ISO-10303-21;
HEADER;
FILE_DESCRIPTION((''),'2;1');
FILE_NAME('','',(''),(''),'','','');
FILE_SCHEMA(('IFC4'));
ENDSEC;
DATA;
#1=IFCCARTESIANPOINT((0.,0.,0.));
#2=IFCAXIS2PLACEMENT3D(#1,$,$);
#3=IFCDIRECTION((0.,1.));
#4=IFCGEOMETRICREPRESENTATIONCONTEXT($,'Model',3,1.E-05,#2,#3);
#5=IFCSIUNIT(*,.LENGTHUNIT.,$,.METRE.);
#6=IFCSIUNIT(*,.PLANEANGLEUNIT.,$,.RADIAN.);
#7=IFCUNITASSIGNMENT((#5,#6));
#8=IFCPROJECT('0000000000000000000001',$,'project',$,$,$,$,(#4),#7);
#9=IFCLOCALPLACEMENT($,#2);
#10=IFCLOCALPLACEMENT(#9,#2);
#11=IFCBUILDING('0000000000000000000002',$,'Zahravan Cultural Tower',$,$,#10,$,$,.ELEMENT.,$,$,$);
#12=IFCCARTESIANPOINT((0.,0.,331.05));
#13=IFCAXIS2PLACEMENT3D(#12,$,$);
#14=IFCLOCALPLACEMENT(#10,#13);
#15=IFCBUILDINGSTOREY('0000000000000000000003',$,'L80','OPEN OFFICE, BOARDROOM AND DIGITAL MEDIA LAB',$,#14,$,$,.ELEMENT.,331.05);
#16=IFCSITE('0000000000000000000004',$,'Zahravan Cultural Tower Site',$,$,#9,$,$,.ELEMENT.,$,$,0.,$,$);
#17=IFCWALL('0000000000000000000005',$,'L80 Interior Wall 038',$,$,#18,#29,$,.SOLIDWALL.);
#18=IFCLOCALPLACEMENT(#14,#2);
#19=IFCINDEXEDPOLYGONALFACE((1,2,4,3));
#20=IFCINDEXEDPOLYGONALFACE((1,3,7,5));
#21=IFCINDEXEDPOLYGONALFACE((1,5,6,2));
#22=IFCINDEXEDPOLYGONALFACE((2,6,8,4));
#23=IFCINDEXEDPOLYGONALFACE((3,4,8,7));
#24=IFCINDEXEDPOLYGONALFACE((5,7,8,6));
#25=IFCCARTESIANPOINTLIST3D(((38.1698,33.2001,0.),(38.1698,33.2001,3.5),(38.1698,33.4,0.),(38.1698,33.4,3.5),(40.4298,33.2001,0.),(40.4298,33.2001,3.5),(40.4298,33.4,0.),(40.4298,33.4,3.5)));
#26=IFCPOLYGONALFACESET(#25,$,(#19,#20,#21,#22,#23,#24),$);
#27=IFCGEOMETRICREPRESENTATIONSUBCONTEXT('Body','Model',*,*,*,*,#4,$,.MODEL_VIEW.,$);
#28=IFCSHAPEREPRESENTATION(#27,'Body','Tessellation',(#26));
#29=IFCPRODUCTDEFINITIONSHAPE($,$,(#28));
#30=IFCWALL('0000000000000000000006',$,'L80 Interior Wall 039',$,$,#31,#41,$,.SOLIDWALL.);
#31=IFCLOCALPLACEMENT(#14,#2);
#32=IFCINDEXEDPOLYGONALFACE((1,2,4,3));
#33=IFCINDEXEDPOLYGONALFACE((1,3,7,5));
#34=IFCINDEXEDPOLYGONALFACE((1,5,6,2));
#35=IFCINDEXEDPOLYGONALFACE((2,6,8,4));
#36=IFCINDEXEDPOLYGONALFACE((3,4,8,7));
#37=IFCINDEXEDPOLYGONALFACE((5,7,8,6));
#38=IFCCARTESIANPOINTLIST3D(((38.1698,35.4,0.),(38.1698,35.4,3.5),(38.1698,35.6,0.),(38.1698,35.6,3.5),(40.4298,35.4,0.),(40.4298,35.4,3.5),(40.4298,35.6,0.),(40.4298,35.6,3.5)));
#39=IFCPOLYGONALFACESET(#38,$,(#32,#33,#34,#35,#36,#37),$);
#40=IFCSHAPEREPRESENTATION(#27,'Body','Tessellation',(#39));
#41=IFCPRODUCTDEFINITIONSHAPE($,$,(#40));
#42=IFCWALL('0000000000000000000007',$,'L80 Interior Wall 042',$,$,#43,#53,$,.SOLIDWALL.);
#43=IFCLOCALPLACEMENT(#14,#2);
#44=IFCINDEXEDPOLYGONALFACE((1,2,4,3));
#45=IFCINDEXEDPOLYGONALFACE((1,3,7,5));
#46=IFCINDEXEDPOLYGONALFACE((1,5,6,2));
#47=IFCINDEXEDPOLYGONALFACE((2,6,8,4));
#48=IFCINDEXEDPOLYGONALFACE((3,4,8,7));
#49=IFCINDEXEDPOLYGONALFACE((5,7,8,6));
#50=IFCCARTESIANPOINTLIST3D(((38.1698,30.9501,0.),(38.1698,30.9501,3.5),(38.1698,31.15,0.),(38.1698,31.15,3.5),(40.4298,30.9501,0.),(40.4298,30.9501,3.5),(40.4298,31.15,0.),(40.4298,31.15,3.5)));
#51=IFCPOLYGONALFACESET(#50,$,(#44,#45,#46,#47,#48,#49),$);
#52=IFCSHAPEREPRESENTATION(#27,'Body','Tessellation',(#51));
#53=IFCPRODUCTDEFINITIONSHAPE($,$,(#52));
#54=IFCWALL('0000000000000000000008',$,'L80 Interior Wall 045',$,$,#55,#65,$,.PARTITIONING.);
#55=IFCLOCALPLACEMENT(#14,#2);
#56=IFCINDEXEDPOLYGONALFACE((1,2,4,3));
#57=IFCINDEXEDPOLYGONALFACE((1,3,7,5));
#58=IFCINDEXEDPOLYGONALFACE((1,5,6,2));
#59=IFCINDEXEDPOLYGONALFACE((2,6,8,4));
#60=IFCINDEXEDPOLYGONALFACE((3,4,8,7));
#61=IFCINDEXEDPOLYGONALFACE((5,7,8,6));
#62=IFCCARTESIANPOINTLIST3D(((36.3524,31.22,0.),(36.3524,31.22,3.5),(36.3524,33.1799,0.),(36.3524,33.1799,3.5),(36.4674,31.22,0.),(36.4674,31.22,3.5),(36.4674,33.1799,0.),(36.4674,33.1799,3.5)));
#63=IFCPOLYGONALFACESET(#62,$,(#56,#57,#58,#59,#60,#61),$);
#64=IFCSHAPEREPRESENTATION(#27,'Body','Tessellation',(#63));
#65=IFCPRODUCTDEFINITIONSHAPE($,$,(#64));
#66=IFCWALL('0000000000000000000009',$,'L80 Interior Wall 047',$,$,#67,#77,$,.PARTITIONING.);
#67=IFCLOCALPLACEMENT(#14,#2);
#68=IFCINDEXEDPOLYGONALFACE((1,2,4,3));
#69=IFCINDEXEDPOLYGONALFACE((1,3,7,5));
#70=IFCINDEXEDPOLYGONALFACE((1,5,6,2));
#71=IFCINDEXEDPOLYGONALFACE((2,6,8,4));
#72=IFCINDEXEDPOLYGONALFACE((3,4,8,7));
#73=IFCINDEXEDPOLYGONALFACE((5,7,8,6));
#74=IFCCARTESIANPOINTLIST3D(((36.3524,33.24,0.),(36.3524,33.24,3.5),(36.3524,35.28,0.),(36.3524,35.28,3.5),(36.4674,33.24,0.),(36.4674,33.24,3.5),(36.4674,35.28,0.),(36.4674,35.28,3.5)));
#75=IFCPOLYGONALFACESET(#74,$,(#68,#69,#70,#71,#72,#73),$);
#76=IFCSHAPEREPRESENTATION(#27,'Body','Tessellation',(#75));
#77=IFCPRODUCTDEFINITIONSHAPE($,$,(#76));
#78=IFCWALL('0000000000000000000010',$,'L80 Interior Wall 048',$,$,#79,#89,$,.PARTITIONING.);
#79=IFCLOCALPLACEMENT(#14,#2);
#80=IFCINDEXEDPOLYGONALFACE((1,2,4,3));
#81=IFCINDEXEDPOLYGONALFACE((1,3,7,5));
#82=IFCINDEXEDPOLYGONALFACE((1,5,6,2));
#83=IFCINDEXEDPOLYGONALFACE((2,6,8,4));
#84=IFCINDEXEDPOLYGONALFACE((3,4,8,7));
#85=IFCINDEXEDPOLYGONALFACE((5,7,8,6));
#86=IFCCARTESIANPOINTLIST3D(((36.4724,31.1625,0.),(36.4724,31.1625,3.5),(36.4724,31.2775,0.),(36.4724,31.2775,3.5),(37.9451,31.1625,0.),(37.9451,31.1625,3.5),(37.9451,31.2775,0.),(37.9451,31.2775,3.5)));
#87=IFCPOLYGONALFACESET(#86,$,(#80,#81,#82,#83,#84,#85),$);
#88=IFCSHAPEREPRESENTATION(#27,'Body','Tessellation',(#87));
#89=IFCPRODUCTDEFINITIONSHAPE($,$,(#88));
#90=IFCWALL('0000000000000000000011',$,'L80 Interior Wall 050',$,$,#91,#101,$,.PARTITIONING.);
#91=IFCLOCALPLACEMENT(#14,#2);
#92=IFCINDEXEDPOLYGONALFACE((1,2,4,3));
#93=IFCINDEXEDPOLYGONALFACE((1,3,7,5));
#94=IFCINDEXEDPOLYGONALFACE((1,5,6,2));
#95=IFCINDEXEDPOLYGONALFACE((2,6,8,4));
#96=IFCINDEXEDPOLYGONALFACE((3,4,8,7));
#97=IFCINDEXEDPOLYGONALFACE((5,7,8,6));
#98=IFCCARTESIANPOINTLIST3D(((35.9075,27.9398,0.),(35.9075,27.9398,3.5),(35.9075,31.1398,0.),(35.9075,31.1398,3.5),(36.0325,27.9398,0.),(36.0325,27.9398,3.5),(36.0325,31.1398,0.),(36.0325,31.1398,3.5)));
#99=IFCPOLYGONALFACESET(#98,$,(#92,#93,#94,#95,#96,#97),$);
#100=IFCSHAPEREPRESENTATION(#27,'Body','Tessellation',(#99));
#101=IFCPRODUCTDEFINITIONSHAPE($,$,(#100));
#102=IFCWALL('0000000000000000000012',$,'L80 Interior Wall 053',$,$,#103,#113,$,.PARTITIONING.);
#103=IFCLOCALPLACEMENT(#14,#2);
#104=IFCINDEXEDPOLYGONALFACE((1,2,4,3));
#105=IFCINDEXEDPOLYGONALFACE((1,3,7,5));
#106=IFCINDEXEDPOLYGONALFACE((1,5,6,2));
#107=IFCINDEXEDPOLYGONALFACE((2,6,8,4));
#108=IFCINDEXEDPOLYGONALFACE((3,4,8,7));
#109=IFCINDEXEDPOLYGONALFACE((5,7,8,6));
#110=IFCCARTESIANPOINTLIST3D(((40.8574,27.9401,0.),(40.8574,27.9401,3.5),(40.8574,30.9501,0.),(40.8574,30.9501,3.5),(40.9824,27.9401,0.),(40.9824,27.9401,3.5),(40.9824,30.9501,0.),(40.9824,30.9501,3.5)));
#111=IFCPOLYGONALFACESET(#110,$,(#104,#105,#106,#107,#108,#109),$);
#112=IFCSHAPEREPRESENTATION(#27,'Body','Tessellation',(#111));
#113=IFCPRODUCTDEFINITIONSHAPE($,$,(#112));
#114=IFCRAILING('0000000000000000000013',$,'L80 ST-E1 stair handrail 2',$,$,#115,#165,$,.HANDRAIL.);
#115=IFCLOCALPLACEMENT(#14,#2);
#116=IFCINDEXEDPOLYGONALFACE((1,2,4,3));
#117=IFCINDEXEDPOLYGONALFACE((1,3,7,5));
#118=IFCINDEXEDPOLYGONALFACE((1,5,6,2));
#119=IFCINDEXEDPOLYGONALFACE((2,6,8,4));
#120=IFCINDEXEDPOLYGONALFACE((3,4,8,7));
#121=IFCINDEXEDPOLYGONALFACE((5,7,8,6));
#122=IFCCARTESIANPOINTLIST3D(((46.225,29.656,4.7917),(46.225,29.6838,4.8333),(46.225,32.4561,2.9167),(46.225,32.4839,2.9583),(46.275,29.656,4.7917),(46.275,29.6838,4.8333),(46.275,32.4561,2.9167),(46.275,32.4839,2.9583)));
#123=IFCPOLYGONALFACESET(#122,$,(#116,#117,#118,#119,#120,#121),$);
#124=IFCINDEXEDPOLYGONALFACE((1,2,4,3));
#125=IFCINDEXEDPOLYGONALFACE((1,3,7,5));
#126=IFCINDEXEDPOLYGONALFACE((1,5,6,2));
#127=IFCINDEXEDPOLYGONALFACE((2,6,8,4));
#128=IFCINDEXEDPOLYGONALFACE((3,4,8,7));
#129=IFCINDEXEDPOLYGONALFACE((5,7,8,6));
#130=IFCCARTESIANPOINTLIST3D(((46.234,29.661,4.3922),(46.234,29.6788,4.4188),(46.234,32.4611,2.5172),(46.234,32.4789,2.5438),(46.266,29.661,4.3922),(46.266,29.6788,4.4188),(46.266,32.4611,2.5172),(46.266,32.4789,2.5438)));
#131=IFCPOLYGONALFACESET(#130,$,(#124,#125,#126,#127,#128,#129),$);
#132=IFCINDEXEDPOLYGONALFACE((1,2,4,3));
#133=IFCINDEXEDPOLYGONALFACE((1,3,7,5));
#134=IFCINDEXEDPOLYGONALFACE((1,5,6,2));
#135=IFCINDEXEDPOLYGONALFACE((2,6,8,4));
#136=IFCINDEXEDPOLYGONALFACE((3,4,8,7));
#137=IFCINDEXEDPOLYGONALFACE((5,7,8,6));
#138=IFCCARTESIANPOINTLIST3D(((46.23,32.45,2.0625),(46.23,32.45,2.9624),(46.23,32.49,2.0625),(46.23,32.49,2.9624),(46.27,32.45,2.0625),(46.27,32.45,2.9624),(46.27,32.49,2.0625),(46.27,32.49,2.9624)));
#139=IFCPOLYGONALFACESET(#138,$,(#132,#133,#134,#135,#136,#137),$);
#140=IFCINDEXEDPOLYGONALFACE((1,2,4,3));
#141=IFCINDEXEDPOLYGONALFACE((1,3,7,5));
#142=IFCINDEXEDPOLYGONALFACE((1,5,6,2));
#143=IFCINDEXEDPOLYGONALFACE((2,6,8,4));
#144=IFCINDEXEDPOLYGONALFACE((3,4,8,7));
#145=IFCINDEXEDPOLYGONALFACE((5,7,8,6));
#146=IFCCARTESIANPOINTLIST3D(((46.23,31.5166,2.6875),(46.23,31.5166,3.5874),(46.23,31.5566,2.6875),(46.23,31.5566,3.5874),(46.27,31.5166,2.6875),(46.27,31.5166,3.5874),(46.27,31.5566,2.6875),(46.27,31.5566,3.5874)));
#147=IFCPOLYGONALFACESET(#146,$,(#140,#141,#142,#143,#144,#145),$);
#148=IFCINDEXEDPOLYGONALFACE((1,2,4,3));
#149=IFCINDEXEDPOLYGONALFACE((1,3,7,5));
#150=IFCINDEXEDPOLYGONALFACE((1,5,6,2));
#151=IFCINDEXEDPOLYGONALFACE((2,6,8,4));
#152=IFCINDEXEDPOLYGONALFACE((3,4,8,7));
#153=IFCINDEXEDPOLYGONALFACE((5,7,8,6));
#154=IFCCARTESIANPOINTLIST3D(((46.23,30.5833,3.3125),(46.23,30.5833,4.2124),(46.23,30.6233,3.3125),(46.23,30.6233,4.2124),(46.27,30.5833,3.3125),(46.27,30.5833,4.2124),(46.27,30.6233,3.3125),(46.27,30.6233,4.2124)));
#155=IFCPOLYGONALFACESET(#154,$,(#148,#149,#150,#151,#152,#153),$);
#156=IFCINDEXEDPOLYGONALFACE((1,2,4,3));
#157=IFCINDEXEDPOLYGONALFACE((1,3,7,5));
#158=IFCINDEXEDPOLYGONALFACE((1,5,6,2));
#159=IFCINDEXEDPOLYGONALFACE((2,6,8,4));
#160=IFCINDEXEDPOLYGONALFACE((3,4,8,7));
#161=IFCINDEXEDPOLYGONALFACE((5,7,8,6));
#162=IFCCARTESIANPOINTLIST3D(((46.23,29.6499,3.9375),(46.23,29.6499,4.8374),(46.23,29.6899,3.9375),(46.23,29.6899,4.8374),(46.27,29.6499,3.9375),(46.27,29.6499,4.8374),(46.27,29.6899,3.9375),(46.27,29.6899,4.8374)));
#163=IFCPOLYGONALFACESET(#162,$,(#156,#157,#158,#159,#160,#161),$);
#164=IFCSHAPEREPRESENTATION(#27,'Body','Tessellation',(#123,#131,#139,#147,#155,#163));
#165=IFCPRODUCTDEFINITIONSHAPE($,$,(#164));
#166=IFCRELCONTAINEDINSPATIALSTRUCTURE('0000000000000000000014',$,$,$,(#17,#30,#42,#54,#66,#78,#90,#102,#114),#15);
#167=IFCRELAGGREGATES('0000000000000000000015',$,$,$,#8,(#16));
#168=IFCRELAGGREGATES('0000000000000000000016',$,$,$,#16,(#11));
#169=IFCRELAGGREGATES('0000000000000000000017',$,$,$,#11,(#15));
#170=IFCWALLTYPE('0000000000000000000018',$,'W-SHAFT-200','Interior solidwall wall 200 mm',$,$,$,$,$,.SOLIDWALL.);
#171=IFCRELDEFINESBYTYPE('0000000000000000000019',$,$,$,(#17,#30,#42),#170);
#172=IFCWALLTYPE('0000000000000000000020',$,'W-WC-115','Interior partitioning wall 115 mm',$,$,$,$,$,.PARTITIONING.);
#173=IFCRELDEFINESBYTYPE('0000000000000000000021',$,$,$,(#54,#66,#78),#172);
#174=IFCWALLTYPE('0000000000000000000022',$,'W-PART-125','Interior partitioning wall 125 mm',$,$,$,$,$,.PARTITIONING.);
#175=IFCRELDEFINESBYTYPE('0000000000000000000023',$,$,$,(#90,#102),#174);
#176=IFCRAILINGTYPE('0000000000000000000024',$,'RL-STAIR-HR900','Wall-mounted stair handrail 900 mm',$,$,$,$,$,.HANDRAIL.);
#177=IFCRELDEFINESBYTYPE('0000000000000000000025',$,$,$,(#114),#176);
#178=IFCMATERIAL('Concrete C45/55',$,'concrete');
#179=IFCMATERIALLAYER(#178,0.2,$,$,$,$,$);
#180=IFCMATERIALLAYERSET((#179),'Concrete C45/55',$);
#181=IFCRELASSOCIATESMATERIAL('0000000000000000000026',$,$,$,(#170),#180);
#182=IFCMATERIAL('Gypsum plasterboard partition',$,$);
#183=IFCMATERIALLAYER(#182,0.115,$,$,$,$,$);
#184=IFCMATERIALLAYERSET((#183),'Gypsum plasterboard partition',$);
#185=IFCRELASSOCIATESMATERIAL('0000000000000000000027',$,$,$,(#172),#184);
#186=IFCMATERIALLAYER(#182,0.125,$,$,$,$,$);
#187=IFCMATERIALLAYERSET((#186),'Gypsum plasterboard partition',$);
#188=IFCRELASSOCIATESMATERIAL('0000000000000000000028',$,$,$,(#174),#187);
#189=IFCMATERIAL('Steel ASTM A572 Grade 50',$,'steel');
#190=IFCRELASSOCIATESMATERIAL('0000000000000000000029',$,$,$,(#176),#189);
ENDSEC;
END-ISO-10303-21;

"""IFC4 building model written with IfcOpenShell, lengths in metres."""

from ifc_helpers import new_model, si_unit, direction, frame, frame_2d, origin, origin_2d, place, context, subcontext, project, spatial, rectangle, extrude, source, transform, mapped, material, layer, layer_set, type_object, element, save


model = new_model("IFC4")

# Units and contexts
model_context = context("Model", 3, precision=1e-05, world=origin(), true_north=direction((0.0, 1.0)))
body_context = subcontext(model_context, "Body", "Model", "MODEL_VIEW")
ifc_project = project(units=[si_unit("LENGTHUNIT", "METRE"), si_unit("PLANEANGLEUNIT", "RADIAN")], contexts=[model_context])

# Site, building, storey
site_placement = place(None, origin())
site = spatial("IfcSite", under=ifc_project, at=site_placement, Name="Zahravan Cultural Tower Site", CompositionType="ELEMENT", RefElevation=0.0)
building_placement = place(site_placement, origin())
building = spatial("IfcBuilding", under=site, at=building_placement, Name="Zahravan Cultural Tower", CompositionType="ELEMENT")
storey_placement = place(building_placement, frame((0.0, 0.0, 331.05)))
storey = spatial("IfcBuildingStorey", under=building, at=storey_placement, Name="L80", Description="OPEN OFFICE, BOARDROOM AND DIGITAL MEDIA LAB", CompositionType="ELEMENT", Elevation=331.05)

# Shared definitions
ifc_material_1 = material(Name="Concrete C45/55", Category="concrete")
ifc_layer_1 = layer(ifc_material_1, 0.2)
ifc_layer_set_1 = layer_set([ifc_layer_1], Name="Concrete C45/55")
wall_type_1 = type_object("IfcWallType", Name="W-SHAFT-200", Description="Interior solidwall wall 200 mm", PredefinedType="SOLIDWALL", material=ifc_layer_set_1)
ifc_material_2 = material(Name="Steel ASTM A572 Grade 50", Category="steel")
ifc_material_3 = material(Name="Gypsum plasterboard partition")
ifc_layer_2 = layer(ifc_material_3, 0.115)
ifc_layer_set_2 = layer_set([ifc_layer_2], Name="Gypsum plasterboard partition")
wall_type_2 = type_object("IfcWallType", Name="W-WC-115", Description="Interior partitioning wall 115 mm", PredefinedType="PARTITIONING", material=ifc_layer_set_2)

# Walls
shared_shape_1 = source(origin(), body_context, "Body", "SweptSolid", [
    extrude(rectangle(XDim=2.26, YDim=0.2, at=frame_2d((1.1299, 0.0))), origin(), (0.0, 0.0, 1.0), 3.5),
])
for number, where, z_axis, x_axis, name in (
    (1, (38.1699, 33.3, 0.0), (0.0, 0.0, 1.0), (1.0, 0.0, 0.0), "L80 Interior Wall 038"),
    (2, (38.1699, 35.5, 0.0), (0.0, 0.0, 1.0), (1.0, 0.0, 0.0), "L80 Interior Wall 039"),
    (3, (38.1699, 31.05, 0.0), (0.0, 0.0, 1.0), (1.0, 0.0, 0.0), "L80 Interior Wall 042"),
):
    element("IfcWall", number, at=place(storey_placement, frame(where, z_axis=z_axis, x_axis=x_axis)), inside=storey, type_object=wall_type_1, Name=name, PredefinedType="SOLIDWALL", context=body_context, shape_type="MappedRepresentation", body=[
        mapped(shared_shape_1, transform((0.0, 0.0, 0.0), x_axis=(1.0, 0.0, 0.0), y_axis=(0.0, 1.0, 0.0), z_axis=(0.0, 0.0, 1.0), scale=1.0)),
    ])
shared_shape_2 = source(origin(), body_context, "Body", "SweptSolid", [
    extrude(rectangle(XDim=1.96, YDim=0.115, at=frame_2d((0.98, 0.0))), origin(), (0.0, 0.0, 1.0), 3.5),
])
wall_1_placement = place(storey_placement, frame((36.4099, 33.1799, 0.0), z_axis=(0.0, 0.0, 1.0), x_axis=(0.0, -1.0, 0.0)))
element("IfcWall", 4, at=wall_1_placement, inside=storey, type_object=wall_type_2, Name="L80 Interior Wall 045", PredefinedType="PARTITIONING", context=body_context, shape_type="MappedRepresentation", body=[
    mapped(shared_shape_2, transform((0.0, 0.0, 0.0), x_axis=(1.0, 0.0, 0.0), y_axis=(0.0, 1.0, 0.0), z_axis=(0.0, 0.0, 1.0), scale=1.0)),
])
shared_shape_3 = source(origin(), body_context, "Body", "SweptSolid", [
    extrude(rectangle(XDim=2.04, YDim=0.115, at=frame_2d((1.02, 0.0))), origin(), (0.0, 0.0, 1.0), 3.5),
])
wall_2_placement = place(storey_placement, frame((36.4099, 35.28, 0.0), z_axis=(0.0, 0.0, 1.0), x_axis=(0.0, -1.0, 0.0)))
element("IfcWall", 5, at=wall_2_placement, inside=storey, type_object=wall_type_2, Name="L80 Interior Wall 047", PredefinedType="PARTITIONING", context=body_context, shape_type="MappedRepresentation", body=[
    mapped(shared_shape_3, transform((0.0, 0.0, 0.0), x_axis=(1.0, 0.0, 0.0), y_axis=(0.0, 1.0, 0.0), z_axis=(0.0, 0.0, 1.0), scale=1.0)),
])
shared_shape_4 = source(origin(), body_context, "Body", "SweptSolid", [
    extrude(rectangle(XDim=1.4727, YDim=0.115, at=frame_2d((0.7363, 0.0))), origin(), (0.0, 0.0, 1.0), 3.5),
])
wall_3_placement = place(storey_placement, frame((37.9451, 31.22, 0.0), z_axis=(0.0, 0.0, 1.0), x_axis=(-1.0, 0.0, 0.0)))
element("IfcWall", 6, at=wall_3_placement, inside=storey, type_object=wall_type_2, Name="L80 Interior Wall 048", PredefinedType="PARTITIONING", context=body_context, shape_type="MappedRepresentation", body=[
    mapped(shared_shape_4, transform((0.0, 0.0, 0.0), x_axis=(1.0, 0.0, 0.0), y_axis=(0.0, 1.0, 0.0), z_axis=(0.0, 0.0, 1.0), scale=1.0)),
])
ifc_layer_3 = layer(ifc_material_3, 0.125)
ifc_layer_set_3 = layer_set([ifc_layer_3], Name="Gypsum plasterboard partition")
wall_type_3 = type_object("IfcWallType", Name="W-PART-125", Description="Interior partitioning wall 125 mm", PredefinedType="PARTITIONING", material=ifc_layer_set_3)
shared_shape_5 = source(origin(), body_context, "Body", "SweptSolid", [
    extrude(rectangle(XDim=3.2, YDim=0.125, at=frame_2d((1.6001, 0.0))), origin(), (0.0, 0.0, 1.0), 3.5),
])
wall_4_placement = place(storey_placement, frame((35.97, 31.1399, 0.0), z_axis=(0.0, 0.0, 1.0), x_axis=(0.0, -1.0, 0.0)))
element("IfcWall", 7, at=wall_4_placement, inside=storey, type_object=wall_type_3, Name="L80 Interior Wall 050", PredefinedType="PARTITIONING", context=body_context, shape_type="MappedRepresentation", body=[
    mapped(shared_shape_5, transform((0.0, 0.0, 0.0), x_axis=(1.0, 0.0, 0.0), y_axis=(0.0, 1.0, 0.0), z_axis=(0.0, 0.0, 1.0), scale=1.0)),
])
shared_shape_6 = source(origin(), body_context, "Body", "SweptSolid", [
    extrude(rectangle(XDim=3.01, YDim=0.125, at=frame_2d((1.5049, 0.0))), origin(), (0.0, 0.0, 1.0), 3.5),
])
wall_5_placement = place(storey_placement, frame((40.9199, 30.95, 0.0), z_axis=(0.0, 0.0, 1.0), x_axis=(0.0, -1.0, 0.0)))
element("IfcWall", 8, at=wall_5_placement, inside=storey, type_object=wall_type_3, Name="L80 Interior Wall 053", PredefinedType="PARTITIONING", context=body_context, shape_type="MappedRepresentation", body=[
    mapped(shared_shape_6, transform((0.0, 0.0, 0.0), x_axis=(1.0, 0.0, 0.0), y_axis=(0.0, 1.0, 0.0), z_axis=(0.0, 0.0, 1.0), scale=1.0)),
])

# Railing
railing_type = type_object("IfcRailingType", Name="RL-STAIR-HR900", Description="Wall-mounted stair handrail 900 mm", PredefinedType="HANDRAIL", material=ifc_material_2)
railing_placement = place(storey_placement, frame((46.25, 32.47, 2.0625)))
element("IfcRailing", 9, at=railing_placement, inside=storey, type_object=railing_type, Name="L80 ST-E1 stair handrail 2", PredefinedType="HANDRAIL", context=body_context, shape_type="SweptSolid", body=[
    extrude(rectangle(XDim=0.05, YDim=0.05, at=origin_2d()), frame((0.0, 0.0, 0.875), z_axis=(0.0, -0.830912, 0.556404), x_axis=(1.0, 0.0, 0.0)), (0.0, 0.0, 1.0), 3.3699),
    extrude(rectangle(XDim=0.032, YDim=0.032, at=origin_2d()), frame((0.0, 0.0, 0.468), z_axis=(0.0, -0.830912, 0.556404), x_axis=(1.0, 0.0, 0.0)), (0.0, 0.0, 1.0), 3.3699),
    extrude(rectangle(XDim=0.04, YDim=0.04, at=origin_2d()), origin(), (0.0, 0.0, 1.0), 0.8999),
    extrude(rectangle(XDim=0.04, YDim=0.04, at=origin_2d()), frame((0.0, -0.9333, 0.625)), (0.0, 0.0, 1.0), 0.8999),
    extrude(rectangle(XDim=0.04, YDim=0.04, at=origin_2d()), frame((0.0, -1.8667, 1.25)), (0.0, 0.0, 1.0), 0.8999),
    extrude(rectangle(XDim=0.04, YDim=0.04, at=origin_2d()), frame((0.0, -2.8, 1.875)), (0.0, 0.0, 1.0), 0.8999),
])

save(model, "model.ifc")
